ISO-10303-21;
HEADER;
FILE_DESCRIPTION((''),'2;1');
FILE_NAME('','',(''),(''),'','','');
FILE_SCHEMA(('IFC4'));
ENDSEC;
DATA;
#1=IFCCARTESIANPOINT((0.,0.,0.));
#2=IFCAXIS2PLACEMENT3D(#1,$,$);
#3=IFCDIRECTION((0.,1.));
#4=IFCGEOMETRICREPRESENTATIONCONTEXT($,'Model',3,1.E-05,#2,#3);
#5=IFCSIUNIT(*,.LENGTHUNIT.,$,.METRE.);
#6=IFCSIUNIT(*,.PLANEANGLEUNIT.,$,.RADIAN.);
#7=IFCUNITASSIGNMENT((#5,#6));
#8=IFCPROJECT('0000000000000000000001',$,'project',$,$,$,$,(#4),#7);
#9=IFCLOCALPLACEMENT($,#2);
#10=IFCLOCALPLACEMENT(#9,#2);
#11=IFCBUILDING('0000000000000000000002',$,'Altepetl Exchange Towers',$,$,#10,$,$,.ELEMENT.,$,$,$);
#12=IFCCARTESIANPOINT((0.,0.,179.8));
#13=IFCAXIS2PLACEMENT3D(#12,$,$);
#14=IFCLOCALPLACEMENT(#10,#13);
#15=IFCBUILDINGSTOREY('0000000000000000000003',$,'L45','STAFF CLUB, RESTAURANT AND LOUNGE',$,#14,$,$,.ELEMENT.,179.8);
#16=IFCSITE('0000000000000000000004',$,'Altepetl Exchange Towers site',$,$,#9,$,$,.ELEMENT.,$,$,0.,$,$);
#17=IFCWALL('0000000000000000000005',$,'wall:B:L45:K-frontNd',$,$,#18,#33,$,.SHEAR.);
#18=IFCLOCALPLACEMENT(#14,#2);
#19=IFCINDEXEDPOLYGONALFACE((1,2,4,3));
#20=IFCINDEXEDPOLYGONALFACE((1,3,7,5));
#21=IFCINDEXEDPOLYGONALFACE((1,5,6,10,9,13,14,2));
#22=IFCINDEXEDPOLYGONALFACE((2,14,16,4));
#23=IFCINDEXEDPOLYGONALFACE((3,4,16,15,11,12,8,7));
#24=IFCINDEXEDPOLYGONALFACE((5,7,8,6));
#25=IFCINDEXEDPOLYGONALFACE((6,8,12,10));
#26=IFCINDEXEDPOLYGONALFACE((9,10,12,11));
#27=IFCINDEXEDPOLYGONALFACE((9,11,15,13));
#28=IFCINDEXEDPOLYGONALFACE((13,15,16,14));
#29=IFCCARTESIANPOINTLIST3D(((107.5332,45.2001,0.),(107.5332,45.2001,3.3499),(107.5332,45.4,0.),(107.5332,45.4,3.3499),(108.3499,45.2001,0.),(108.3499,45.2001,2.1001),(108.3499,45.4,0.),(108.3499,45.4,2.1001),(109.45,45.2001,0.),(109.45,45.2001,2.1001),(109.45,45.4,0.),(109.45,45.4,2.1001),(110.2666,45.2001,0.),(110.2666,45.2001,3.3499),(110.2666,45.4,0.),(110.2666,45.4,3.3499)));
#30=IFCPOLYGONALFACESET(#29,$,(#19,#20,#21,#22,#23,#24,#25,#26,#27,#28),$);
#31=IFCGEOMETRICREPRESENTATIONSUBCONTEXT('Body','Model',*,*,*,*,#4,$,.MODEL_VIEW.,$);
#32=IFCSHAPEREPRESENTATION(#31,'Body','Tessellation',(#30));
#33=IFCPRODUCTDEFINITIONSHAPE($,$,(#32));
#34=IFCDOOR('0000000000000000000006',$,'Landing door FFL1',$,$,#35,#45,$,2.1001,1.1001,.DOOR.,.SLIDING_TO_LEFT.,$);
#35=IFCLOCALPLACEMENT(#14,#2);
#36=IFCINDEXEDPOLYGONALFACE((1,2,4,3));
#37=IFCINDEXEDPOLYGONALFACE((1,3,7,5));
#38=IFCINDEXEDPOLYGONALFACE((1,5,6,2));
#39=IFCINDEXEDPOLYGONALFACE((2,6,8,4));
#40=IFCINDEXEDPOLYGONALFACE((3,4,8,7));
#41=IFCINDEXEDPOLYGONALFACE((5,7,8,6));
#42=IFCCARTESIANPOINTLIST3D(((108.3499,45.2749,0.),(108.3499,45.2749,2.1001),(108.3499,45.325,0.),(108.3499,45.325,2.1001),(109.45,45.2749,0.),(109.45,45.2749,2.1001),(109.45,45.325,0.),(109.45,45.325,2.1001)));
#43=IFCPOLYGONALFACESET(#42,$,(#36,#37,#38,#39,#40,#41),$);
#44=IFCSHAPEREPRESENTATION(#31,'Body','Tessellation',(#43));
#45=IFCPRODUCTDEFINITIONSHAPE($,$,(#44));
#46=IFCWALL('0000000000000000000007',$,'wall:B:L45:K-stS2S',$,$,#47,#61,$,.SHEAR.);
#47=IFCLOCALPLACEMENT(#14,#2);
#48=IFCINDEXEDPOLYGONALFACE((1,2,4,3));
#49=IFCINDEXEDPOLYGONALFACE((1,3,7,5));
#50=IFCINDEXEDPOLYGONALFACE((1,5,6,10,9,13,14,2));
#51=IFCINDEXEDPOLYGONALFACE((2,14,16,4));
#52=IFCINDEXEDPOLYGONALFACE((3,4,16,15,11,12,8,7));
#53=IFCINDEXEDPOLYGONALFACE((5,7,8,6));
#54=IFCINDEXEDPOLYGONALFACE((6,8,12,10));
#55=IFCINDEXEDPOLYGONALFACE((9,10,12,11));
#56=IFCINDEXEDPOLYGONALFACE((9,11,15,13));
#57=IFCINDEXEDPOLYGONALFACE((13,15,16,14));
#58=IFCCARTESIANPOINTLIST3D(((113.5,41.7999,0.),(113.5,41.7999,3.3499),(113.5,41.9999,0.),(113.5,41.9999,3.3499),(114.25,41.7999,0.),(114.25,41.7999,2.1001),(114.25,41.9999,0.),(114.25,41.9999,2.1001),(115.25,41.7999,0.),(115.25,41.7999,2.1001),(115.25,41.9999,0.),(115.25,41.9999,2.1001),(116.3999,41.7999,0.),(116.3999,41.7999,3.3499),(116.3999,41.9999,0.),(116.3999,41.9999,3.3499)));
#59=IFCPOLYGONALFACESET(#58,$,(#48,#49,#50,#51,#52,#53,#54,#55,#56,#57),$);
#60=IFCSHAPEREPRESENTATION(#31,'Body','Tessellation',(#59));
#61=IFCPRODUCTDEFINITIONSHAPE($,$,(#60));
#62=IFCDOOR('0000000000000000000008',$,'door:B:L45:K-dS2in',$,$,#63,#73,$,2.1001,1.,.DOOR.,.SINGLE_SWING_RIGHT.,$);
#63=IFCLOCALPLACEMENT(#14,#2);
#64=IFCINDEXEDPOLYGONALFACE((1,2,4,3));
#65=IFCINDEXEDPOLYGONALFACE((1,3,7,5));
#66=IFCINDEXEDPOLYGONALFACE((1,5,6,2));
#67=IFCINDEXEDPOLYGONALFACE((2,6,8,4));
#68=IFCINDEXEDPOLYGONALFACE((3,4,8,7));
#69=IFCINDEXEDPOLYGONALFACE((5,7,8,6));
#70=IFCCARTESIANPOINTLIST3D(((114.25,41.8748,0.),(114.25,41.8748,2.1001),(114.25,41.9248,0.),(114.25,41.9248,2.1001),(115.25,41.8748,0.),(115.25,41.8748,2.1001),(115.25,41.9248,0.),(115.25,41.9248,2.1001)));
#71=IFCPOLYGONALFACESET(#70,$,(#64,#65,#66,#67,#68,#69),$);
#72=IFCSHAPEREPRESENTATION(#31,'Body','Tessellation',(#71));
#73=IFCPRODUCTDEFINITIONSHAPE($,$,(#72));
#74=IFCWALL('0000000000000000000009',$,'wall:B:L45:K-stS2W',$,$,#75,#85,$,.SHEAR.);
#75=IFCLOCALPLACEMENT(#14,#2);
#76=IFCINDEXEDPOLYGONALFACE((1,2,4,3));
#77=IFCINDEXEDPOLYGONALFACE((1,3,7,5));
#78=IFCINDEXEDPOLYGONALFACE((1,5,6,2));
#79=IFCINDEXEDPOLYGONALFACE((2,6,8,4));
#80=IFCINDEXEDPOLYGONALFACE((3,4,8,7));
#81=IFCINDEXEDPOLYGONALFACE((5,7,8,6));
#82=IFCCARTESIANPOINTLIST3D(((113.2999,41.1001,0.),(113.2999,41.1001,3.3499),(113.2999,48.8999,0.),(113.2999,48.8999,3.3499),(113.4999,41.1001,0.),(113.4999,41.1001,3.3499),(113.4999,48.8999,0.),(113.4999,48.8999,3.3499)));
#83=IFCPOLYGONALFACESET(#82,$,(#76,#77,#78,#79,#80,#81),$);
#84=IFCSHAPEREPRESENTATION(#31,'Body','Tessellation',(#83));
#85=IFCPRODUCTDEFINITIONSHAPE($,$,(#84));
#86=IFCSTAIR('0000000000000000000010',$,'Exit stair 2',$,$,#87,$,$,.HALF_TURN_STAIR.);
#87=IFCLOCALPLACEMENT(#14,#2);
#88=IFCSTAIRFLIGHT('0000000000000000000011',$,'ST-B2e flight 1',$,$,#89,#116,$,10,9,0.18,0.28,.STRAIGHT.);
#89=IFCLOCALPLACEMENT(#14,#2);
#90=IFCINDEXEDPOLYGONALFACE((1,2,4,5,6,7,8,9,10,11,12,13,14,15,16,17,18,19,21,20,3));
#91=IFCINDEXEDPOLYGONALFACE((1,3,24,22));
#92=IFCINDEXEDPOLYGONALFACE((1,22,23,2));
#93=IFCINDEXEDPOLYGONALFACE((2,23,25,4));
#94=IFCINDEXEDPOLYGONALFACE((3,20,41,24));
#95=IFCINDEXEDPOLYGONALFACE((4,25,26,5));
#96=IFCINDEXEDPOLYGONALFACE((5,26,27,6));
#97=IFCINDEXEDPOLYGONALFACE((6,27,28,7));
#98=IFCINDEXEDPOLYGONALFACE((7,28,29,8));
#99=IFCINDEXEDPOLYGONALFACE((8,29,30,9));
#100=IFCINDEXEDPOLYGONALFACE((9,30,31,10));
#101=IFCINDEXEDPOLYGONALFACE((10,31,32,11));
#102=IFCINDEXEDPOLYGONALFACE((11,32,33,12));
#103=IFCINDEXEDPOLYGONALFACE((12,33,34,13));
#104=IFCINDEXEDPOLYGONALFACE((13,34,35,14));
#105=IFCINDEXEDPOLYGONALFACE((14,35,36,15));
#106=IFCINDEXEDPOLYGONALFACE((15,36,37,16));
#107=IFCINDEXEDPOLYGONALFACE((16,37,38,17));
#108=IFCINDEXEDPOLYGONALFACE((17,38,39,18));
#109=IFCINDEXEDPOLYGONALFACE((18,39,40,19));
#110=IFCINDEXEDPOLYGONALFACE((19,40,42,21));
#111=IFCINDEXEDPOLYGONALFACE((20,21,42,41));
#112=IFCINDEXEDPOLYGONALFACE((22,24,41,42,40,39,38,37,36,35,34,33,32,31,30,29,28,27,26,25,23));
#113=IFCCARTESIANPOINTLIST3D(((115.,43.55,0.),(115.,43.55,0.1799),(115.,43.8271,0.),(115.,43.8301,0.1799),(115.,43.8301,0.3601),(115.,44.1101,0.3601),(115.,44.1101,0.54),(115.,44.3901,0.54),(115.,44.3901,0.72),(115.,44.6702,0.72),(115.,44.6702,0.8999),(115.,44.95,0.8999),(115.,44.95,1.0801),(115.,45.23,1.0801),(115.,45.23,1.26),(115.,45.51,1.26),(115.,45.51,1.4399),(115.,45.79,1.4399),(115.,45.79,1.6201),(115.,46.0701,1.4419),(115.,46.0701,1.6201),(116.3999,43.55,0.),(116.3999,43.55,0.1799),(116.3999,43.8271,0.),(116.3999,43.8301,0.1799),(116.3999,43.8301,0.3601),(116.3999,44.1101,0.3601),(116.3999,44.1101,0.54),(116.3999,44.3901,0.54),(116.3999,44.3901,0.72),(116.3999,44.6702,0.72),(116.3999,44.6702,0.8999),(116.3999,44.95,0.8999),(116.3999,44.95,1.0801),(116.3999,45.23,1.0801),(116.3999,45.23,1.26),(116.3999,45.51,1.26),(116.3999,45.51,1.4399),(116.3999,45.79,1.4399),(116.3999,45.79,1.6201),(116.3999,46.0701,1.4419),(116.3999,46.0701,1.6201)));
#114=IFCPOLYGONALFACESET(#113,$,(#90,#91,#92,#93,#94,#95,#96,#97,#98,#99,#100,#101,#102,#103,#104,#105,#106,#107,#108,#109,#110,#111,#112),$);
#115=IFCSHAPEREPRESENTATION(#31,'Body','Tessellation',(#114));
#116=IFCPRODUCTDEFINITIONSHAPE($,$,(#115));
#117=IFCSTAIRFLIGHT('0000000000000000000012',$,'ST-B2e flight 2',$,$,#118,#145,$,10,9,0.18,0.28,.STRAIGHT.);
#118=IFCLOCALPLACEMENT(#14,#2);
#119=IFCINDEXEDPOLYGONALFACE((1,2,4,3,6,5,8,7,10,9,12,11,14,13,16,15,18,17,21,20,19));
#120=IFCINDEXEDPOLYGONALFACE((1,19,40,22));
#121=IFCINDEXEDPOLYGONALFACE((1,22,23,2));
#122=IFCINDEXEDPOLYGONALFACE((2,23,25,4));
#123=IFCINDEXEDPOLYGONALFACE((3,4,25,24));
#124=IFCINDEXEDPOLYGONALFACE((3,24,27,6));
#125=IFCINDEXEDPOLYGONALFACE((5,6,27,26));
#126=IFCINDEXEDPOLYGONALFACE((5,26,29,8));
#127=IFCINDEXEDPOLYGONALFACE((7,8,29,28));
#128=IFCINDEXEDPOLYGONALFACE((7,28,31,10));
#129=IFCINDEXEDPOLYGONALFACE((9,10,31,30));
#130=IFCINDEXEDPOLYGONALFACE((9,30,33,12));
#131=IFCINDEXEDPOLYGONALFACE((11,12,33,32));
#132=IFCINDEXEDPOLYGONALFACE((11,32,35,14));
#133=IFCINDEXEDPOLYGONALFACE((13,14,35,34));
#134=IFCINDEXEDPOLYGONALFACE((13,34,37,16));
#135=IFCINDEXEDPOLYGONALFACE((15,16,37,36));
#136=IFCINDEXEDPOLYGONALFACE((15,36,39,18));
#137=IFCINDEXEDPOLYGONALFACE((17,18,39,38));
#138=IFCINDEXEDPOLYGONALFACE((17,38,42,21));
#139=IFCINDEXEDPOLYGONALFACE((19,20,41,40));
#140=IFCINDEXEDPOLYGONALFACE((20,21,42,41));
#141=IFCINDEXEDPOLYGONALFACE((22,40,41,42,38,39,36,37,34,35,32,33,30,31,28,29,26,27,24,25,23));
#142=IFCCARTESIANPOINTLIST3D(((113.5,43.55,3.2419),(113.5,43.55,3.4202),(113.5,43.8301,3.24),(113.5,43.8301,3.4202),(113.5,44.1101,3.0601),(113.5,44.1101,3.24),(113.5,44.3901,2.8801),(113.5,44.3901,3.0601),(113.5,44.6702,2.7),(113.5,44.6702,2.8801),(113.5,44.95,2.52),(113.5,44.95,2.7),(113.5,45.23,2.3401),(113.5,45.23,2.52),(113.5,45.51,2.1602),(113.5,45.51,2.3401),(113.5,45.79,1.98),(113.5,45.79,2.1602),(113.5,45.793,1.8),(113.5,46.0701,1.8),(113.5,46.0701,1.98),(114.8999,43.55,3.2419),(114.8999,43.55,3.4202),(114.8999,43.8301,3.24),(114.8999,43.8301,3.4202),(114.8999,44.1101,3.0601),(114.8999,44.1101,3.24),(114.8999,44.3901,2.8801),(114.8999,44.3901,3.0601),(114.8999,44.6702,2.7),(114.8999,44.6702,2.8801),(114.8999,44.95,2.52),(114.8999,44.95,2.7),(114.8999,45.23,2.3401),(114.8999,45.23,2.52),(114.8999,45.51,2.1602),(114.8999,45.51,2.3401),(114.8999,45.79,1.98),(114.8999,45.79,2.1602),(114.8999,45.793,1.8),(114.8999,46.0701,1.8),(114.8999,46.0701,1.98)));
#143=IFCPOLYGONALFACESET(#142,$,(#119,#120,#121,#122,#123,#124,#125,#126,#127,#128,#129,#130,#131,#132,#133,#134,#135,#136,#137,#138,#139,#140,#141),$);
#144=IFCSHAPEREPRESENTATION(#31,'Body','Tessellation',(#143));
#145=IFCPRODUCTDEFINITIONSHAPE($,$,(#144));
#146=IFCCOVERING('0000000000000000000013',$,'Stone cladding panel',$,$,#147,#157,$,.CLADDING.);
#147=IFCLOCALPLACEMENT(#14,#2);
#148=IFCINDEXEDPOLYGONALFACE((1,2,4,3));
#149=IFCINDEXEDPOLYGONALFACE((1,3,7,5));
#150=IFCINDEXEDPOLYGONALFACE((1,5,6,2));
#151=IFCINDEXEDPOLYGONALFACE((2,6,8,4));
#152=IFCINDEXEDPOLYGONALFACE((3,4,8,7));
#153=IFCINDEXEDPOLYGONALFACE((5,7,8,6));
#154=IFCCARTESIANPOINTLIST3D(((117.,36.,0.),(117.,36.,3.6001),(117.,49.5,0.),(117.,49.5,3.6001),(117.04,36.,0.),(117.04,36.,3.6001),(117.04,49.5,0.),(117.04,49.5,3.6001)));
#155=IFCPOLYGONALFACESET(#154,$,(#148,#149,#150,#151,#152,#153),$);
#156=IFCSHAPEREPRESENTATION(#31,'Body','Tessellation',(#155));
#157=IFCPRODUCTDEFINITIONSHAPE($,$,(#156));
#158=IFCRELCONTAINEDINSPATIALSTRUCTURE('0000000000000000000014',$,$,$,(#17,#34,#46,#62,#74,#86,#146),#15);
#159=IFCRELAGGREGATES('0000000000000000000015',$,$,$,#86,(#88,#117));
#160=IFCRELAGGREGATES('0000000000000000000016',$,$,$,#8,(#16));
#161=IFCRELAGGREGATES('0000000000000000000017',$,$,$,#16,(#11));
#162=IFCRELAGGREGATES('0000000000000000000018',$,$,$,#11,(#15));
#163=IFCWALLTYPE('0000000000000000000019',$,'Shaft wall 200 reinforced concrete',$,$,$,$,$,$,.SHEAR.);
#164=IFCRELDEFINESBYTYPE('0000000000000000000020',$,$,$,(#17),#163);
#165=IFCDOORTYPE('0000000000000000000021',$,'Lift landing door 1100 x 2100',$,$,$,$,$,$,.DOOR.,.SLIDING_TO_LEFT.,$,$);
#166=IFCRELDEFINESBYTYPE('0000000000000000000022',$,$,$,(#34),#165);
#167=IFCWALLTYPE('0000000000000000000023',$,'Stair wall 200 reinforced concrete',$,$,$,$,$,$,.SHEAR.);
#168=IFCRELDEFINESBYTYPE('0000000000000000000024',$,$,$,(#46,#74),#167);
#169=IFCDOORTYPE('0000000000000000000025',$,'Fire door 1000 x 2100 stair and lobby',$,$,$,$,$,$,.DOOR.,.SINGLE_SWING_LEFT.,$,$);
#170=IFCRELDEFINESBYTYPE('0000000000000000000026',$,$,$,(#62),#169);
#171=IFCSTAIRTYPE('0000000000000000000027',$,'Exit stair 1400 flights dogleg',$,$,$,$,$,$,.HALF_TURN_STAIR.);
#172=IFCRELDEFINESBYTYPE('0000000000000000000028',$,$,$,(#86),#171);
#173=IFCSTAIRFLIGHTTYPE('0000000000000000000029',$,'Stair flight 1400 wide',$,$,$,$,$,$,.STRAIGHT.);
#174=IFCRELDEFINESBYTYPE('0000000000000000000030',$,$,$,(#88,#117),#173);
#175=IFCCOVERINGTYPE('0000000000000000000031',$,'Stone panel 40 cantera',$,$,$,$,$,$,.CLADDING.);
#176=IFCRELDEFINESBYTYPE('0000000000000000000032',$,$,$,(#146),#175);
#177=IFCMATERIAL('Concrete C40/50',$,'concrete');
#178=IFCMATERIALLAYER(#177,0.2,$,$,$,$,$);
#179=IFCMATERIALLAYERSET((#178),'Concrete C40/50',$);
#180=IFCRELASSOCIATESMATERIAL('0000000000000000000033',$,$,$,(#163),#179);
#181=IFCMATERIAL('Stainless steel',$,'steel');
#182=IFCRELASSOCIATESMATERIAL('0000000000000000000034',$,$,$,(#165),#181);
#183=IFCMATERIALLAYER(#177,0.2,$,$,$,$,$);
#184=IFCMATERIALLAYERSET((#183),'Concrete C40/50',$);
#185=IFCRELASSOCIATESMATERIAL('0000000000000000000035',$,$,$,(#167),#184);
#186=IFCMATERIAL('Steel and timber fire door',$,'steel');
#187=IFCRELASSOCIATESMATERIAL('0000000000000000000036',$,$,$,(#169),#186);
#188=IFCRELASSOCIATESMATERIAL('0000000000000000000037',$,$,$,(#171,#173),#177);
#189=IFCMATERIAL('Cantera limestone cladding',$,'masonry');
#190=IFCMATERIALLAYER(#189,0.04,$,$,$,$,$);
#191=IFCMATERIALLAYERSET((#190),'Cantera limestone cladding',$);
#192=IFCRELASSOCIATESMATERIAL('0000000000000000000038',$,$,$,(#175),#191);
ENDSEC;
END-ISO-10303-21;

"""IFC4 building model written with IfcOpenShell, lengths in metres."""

from ifc_helpers import new_model, si_unit, direction, frame, frame_2d, origin, origin_2d, place, context, subcontext, project, spatial, polyline, rectangle, outline, extrude, material, layer, layer_set, type_object, element, fill, aggregate, save


model = new_model("IFC4")

# Units and contexts
model_context = context("Model", 3, precision=1e-05, world=origin(), true_north=direction((0.0, 1.0)))
body_context = subcontext(model_context, "Body", "Model", "MODEL_VIEW")
ifc_project = project(units=[si_unit("LENGTHUNIT", "METRE"), si_unit("PLANEANGLEUNIT", "RADIAN")], contexts=[model_context])

# Site, building, storey
site_placement = place(None, origin())
site = spatial("IfcSite", under=ifc_project, at=site_placement, Name="Altepetl Exchange Towers site", CompositionType="ELEMENT", RefElevation=0.0)
building_placement = place(site_placement, origin())
building = spatial("IfcBuilding", under=site, at=building_placement, Name="Altepetl Exchange Towers", CompositionType="ELEMENT")
storey_placement = place(building_placement, frame((0.0, 0.0, 179.8)))
storey = spatial("IfcBuildingStorey", under=building, at=storey_placement, Name="L45", Description="STAFF CLUB, RESTAURANT AND LOUNGE", CompositionType="ELEMENT", Elevation=179.8)

# Shared definitions
ifc_material_1 = material(Name="Steel and timber fire door", Category="steel")

# Walls, openings, doors
ifc_material_2 = material(Name="Concrete C40/50", Category="concrete")
ifc_layer_1 = layer(ifc_material_2, 0.2)
ifc_layer_set_1 = layer_set([ifc_layer_1], Name="Concrete C40/50")
wall_type_1 = type_object("IfcWallType", Name="Shaft wall 200 reinforced concrete", PredefinedType="SHEAR", material=ifc_layer_set_1)
ifc_material_3 = material(Name="Stainless steel", Category="steel")
wall_1_placement = place(storey_placement, frame((107.5332, 45.3, 0.0)))
wall_1 = element("IfcWall", 1, at=wall_1_placement, inside=storey, type_object=wall_type_1, Name="wall:B:L45:K-frontNd", PredefinedType="SHEAR", context=body_context, shape_type="SweptSolid", body=[
    extrude(rectangle(XDim=2.7334, YDim=0.2, at=frame_2d((1.3667, 0.0))), origin(), (0.0, 0.0, 1.0), 3.3499),
])
opening_1_placement = place(wall_1_placement, frame((0.8167, 0.0, 0.0)))
opening_1 = element("IfcOpeningElement", 2, at=opening_1_placement, cuts=wall_1, PredefinedType="OPENING", context=body_context, shape_type="SweptSolid", body=[
    extrude(rectangle(XDim=1.1001, YDim=2.1001, at=frame_2d((0.55, 1.05))), frame((0.0, 0.1099, 0.0), z_axis=(0.0, -1.0, 0.0), x_axis=(1.0, 0.0, 0.0)), (0.0, 0.0, 1.0), 0.22),
])
door_type_1 = type_object("IfcDoorType", Name="Lift landing door 1100 x 2100", OperationType="SLIDING_TO_LEFT", PredefinedType="DOOR", material=ifc_material_3)
door_1_placement = place(opening_1_placement, origin())
door_1 = element("IfcDoor", 3, at=door_1_placement, inside=storey, type_object=door_type_1, Name="Landing door FFL1", OperationType="SLIDING_TO_LEFT", OverallHeight=2.1001, OverallWidth=1.1001, PredefinedType="DOOR", context=body_context, shape_type="SweptSolid", body=[
    extrude(rectangle(XDim=1.1001, YDim=2.1001, at=frame_2d((0.55, 1.05))), frame((0.0, 0.0249, 0.0), z_axis=(0.0, -1.0, 0.0), x_axis=(1.0, 0.0, 0.0)), (0.0, 0.0, 1.0), 0.05),
])
fill(opening_1, door_1)
ifc_layer_2 = layer(ifc_material_2, 0.2)
ifc_layer_set_2 = layer_set([ifc_layer_2], Name="Concrete C40/50")
wall_type_2 = type_object("IfcWallType", Name="Stair wall 200 reinforced concrete", PredefinedType="SHEAR", material=ifc_layer_set_2)
wall_2_placement = place(storey_placement, frame((113.5, 41.8999, 0.0)))
wall_2 = element("IfcWall", 4, at=wall_2_placement, inside=storey, type_object=wall_type_2, Name="wall:B:L45:K-stS2S", PredefinedType="SHEAR", context=body_context, shape_type="SweptSolid", body=[
    extrude(rectangle(XDim=2.8999, YDim=0.2, at=frame_2d((1.45, 0.0))), origin(), (0.0, 0.0, 1.0), 3.3499),
])
opening_2_placement = place(wall_2_placement, frame((0.75, 0.0, 0.0)))
opening_2 = element("IfcOpeningElement", 5, at=opening_2_placement, cuts=wall_2, PredefinedType="OPENING", context=body_context, shape_type="SweptSolid", body=[
    extrude(rectangle(XDim=1.0, YDim=2.1001, at=frame_2d((0.5, 1.05))), frame((0.0, 0.1099, 0.0), z_axis=(0.0, -1.0, 0.0), x_axis=(1.0, 0.0, 0.0)), (0.0, 0.0, 1.0), 0.22),
])
door_type_2 = type_object("IfcDoorType", Name="Fire door 1000 x 2100 stair and lobby", OperationType="SINGLE_SWING_LEFT", PredefinedType="DOOR", material=ifc_material_1)
door_2_placement = place(opening_2_placement, origin())
door_2 = element("IfcDoor", 6, at=door_2_placement, inside=storey, type_object=door_type_2, Name="door:B:L45:K-dS2in", OperationType="SINGLE_SWING_RIGHT", OverallHeight=2.1001, OverallWidth=1.0, PredefinedType="DOOR", context=body_context, shape_type="SweptSolid", body=[
    extrude(rectangle(XDim=1.0, YDim=2.1001, at=frame_2d((0.5, 1.05))), frame((0.0, 0.0249, 0.0), z_axis=(0.0, -1.0, 0.0), x_axis=(1.0, 0.0, 0.0)), (0.0, 0.0, 1.0), 0.05),
])
fill(opening_2, door_2)

# Wall
wall_3_placement = place(storey_placement, frame((113.3999, 41.1001, 0.0), z_axis=(0.0, 0.0, 1.0), x_axis=(0.0, 1.0, 0.0)))
element("IfcWall", 7, at=wall_3_placement, inside=storey, type_object=wall_type_2, Name="wall:B:L45:K-stS2W", PredefinedType="SHEAR", context=body_context, shape_type="SweptSolid", body=[
    extrude(rectangle(XDim=7.7998, YDim=0.2, at=frame_2d((3.8999, 0.0))), origin(), (0.0, 0.0, 1.0), 3.3499),
])

# Stair, stair flights
stair_type = type_object("IfcStairType", Name="Exit stair 1400 flights dogleg", PredefinedType="HALF_TURN_STAIR", material=ifc_material_2)
stair_placement = place(storey_placement, origin())
stair = element("IfcStair", 8, at=stair_placement, inside=storey, type_object=stair_type, Name="Exit stair 2", PredefinedType="HALF_TURN_STAIR")
stair_flight_type = type_object("IfcStairFlightType", Name="Stair flight 1400 wide", PredefinedType="STRAIGHT", material=ifc_material_2)
stair_flight_1_placement = place(storey_placement, frame((115.7, 43.55, 0.0), z_axis=(0.0, 0.0, 1.0), x_axis=(0.0, 1.0, 0.0)))
stair_flight_1 = element("IfcStairFlight", 9, at=stair_flight_1_placement, type_object=stair_flight_type, Name="ST-B2e flight 1", NumberOfRisers=10, NumberOfTreads=9, PredefinedType="STRAIGHT", RiserHeight=0.18, TreadLength=0.28, context=body_context, shape_type="SweptSolid", body=[
    extrude(outline(polyline([(0.0, 0.0), (0.0, 0.1799), (0.28, 0.1799), (0.28, 0.3601), (0.5601, 0.3601), (0.5601, 0.54), (0.8401, 0.54), (0.8401, 0.72), (1.1201, 0.72), (1.1201, 0.8999), (1.3999, 0.8999), (1.3999, 1.0801), (1.6799, 1.0801), (1.6799, 1.26), (1.96, 1.26), (1.96, 1.4399), (2.24, 1.4399), (2.24, 1.6201), (2.52, 1.6201), (2.52, 1.8), (2.52, 1.4419), (0.2771, 0.0), (0.0, 0.0)])), frame((0.0, 0.7, 0.0), z_axis=(0.0, -1.0, 0.0), x_axis=(1.0, 0.0, 0.0)), (0.0, 0.0, 1.0), 1.3999),
])
stair_flight_2_placement = place(storey_placement, frame((114.2, 46.0701, 1.8), z_axis=(0.0, 0.0, 1.0), x_axis=(0.0, -1.0, 0.0)))
stair_flight_2 = element("IfcStairFlight", 10, at=stair_flight_2_placement, type_object=stair_flight_type, Name="ST-B2e flight 2", NumberOfRisers=10, NumberOfTreads=9, PredefinedType="STRAIGHT", RiserHeight=0.18, TreadLength=0.28, context=body_context, shape_type="SweptSolid", body=[
    extrude(outline(polyline([(0.0, 0.0), (0.0, 0.1799), (0.28, 0.1799), (0.28, 0.3601), (0.5601, 0.3601), (0.5601, 0.54), (0.8401, 0.54), (0.8401, 0.72), (1.1201, 0.72), (1.1201, 0.8999), (1.3999, 0.8999), (1.3999, 1.0801), (1.6799, 1.0801), (1.6799, 1.26), (1.96, 1.26), (1.96, 1.4399), (2.24, 1.4399), (2.24, 1.6201), (2.52, 1.6201), (2.52, 1.8), (2.52, 1.4419), (0.2771, 0.0), (0.0, 0.0)])), frame((0.0, 0.7, 0.0), z_axis=(0.0, -1.0, 0.0), x_axis=(1.0, 0.0, 0.0)), (0.0, 0.0, 1.0), 1.3999),
])
aggregate(stair, [stair_flight_1, stair_flight_2])

# Covering
ifc_material_4 = material(Name="Cantera limestone cladding", Category="masonry")
ifc_layer_3 = layer(ifc_material_4, 0.04)
ifc_layer_set_3 = layer_set([ifc_layer_3], Name="Cantera limestone cladding")
covering_type = type_object("IfcCoveringType", Name="Stone panel 40 cantera", PredefinedType="CLADDING", material=ifc_layer_set_3)
covering_placement = place(storey_placement, frame((117.02, 42.75, 0.0), z_axis=(0.0, 0.0, 1.0), x_axis=(0.0, 1.0, 0.0)))
element("IfcCovering", 11, at=covering_placement, inside=storey, type_object=covering_type, Name="Stone cladding panel", PredefinedType="CLADDING", context=body_context, shape_type="SweptSolid", body=[
    extrude(rectangle(XDim=13.5, YDim=0.04, at=origin_2d()), origin(), (0.0, 0.0, 1.0), 3.6001),
])

save(model, "model.ifc")
